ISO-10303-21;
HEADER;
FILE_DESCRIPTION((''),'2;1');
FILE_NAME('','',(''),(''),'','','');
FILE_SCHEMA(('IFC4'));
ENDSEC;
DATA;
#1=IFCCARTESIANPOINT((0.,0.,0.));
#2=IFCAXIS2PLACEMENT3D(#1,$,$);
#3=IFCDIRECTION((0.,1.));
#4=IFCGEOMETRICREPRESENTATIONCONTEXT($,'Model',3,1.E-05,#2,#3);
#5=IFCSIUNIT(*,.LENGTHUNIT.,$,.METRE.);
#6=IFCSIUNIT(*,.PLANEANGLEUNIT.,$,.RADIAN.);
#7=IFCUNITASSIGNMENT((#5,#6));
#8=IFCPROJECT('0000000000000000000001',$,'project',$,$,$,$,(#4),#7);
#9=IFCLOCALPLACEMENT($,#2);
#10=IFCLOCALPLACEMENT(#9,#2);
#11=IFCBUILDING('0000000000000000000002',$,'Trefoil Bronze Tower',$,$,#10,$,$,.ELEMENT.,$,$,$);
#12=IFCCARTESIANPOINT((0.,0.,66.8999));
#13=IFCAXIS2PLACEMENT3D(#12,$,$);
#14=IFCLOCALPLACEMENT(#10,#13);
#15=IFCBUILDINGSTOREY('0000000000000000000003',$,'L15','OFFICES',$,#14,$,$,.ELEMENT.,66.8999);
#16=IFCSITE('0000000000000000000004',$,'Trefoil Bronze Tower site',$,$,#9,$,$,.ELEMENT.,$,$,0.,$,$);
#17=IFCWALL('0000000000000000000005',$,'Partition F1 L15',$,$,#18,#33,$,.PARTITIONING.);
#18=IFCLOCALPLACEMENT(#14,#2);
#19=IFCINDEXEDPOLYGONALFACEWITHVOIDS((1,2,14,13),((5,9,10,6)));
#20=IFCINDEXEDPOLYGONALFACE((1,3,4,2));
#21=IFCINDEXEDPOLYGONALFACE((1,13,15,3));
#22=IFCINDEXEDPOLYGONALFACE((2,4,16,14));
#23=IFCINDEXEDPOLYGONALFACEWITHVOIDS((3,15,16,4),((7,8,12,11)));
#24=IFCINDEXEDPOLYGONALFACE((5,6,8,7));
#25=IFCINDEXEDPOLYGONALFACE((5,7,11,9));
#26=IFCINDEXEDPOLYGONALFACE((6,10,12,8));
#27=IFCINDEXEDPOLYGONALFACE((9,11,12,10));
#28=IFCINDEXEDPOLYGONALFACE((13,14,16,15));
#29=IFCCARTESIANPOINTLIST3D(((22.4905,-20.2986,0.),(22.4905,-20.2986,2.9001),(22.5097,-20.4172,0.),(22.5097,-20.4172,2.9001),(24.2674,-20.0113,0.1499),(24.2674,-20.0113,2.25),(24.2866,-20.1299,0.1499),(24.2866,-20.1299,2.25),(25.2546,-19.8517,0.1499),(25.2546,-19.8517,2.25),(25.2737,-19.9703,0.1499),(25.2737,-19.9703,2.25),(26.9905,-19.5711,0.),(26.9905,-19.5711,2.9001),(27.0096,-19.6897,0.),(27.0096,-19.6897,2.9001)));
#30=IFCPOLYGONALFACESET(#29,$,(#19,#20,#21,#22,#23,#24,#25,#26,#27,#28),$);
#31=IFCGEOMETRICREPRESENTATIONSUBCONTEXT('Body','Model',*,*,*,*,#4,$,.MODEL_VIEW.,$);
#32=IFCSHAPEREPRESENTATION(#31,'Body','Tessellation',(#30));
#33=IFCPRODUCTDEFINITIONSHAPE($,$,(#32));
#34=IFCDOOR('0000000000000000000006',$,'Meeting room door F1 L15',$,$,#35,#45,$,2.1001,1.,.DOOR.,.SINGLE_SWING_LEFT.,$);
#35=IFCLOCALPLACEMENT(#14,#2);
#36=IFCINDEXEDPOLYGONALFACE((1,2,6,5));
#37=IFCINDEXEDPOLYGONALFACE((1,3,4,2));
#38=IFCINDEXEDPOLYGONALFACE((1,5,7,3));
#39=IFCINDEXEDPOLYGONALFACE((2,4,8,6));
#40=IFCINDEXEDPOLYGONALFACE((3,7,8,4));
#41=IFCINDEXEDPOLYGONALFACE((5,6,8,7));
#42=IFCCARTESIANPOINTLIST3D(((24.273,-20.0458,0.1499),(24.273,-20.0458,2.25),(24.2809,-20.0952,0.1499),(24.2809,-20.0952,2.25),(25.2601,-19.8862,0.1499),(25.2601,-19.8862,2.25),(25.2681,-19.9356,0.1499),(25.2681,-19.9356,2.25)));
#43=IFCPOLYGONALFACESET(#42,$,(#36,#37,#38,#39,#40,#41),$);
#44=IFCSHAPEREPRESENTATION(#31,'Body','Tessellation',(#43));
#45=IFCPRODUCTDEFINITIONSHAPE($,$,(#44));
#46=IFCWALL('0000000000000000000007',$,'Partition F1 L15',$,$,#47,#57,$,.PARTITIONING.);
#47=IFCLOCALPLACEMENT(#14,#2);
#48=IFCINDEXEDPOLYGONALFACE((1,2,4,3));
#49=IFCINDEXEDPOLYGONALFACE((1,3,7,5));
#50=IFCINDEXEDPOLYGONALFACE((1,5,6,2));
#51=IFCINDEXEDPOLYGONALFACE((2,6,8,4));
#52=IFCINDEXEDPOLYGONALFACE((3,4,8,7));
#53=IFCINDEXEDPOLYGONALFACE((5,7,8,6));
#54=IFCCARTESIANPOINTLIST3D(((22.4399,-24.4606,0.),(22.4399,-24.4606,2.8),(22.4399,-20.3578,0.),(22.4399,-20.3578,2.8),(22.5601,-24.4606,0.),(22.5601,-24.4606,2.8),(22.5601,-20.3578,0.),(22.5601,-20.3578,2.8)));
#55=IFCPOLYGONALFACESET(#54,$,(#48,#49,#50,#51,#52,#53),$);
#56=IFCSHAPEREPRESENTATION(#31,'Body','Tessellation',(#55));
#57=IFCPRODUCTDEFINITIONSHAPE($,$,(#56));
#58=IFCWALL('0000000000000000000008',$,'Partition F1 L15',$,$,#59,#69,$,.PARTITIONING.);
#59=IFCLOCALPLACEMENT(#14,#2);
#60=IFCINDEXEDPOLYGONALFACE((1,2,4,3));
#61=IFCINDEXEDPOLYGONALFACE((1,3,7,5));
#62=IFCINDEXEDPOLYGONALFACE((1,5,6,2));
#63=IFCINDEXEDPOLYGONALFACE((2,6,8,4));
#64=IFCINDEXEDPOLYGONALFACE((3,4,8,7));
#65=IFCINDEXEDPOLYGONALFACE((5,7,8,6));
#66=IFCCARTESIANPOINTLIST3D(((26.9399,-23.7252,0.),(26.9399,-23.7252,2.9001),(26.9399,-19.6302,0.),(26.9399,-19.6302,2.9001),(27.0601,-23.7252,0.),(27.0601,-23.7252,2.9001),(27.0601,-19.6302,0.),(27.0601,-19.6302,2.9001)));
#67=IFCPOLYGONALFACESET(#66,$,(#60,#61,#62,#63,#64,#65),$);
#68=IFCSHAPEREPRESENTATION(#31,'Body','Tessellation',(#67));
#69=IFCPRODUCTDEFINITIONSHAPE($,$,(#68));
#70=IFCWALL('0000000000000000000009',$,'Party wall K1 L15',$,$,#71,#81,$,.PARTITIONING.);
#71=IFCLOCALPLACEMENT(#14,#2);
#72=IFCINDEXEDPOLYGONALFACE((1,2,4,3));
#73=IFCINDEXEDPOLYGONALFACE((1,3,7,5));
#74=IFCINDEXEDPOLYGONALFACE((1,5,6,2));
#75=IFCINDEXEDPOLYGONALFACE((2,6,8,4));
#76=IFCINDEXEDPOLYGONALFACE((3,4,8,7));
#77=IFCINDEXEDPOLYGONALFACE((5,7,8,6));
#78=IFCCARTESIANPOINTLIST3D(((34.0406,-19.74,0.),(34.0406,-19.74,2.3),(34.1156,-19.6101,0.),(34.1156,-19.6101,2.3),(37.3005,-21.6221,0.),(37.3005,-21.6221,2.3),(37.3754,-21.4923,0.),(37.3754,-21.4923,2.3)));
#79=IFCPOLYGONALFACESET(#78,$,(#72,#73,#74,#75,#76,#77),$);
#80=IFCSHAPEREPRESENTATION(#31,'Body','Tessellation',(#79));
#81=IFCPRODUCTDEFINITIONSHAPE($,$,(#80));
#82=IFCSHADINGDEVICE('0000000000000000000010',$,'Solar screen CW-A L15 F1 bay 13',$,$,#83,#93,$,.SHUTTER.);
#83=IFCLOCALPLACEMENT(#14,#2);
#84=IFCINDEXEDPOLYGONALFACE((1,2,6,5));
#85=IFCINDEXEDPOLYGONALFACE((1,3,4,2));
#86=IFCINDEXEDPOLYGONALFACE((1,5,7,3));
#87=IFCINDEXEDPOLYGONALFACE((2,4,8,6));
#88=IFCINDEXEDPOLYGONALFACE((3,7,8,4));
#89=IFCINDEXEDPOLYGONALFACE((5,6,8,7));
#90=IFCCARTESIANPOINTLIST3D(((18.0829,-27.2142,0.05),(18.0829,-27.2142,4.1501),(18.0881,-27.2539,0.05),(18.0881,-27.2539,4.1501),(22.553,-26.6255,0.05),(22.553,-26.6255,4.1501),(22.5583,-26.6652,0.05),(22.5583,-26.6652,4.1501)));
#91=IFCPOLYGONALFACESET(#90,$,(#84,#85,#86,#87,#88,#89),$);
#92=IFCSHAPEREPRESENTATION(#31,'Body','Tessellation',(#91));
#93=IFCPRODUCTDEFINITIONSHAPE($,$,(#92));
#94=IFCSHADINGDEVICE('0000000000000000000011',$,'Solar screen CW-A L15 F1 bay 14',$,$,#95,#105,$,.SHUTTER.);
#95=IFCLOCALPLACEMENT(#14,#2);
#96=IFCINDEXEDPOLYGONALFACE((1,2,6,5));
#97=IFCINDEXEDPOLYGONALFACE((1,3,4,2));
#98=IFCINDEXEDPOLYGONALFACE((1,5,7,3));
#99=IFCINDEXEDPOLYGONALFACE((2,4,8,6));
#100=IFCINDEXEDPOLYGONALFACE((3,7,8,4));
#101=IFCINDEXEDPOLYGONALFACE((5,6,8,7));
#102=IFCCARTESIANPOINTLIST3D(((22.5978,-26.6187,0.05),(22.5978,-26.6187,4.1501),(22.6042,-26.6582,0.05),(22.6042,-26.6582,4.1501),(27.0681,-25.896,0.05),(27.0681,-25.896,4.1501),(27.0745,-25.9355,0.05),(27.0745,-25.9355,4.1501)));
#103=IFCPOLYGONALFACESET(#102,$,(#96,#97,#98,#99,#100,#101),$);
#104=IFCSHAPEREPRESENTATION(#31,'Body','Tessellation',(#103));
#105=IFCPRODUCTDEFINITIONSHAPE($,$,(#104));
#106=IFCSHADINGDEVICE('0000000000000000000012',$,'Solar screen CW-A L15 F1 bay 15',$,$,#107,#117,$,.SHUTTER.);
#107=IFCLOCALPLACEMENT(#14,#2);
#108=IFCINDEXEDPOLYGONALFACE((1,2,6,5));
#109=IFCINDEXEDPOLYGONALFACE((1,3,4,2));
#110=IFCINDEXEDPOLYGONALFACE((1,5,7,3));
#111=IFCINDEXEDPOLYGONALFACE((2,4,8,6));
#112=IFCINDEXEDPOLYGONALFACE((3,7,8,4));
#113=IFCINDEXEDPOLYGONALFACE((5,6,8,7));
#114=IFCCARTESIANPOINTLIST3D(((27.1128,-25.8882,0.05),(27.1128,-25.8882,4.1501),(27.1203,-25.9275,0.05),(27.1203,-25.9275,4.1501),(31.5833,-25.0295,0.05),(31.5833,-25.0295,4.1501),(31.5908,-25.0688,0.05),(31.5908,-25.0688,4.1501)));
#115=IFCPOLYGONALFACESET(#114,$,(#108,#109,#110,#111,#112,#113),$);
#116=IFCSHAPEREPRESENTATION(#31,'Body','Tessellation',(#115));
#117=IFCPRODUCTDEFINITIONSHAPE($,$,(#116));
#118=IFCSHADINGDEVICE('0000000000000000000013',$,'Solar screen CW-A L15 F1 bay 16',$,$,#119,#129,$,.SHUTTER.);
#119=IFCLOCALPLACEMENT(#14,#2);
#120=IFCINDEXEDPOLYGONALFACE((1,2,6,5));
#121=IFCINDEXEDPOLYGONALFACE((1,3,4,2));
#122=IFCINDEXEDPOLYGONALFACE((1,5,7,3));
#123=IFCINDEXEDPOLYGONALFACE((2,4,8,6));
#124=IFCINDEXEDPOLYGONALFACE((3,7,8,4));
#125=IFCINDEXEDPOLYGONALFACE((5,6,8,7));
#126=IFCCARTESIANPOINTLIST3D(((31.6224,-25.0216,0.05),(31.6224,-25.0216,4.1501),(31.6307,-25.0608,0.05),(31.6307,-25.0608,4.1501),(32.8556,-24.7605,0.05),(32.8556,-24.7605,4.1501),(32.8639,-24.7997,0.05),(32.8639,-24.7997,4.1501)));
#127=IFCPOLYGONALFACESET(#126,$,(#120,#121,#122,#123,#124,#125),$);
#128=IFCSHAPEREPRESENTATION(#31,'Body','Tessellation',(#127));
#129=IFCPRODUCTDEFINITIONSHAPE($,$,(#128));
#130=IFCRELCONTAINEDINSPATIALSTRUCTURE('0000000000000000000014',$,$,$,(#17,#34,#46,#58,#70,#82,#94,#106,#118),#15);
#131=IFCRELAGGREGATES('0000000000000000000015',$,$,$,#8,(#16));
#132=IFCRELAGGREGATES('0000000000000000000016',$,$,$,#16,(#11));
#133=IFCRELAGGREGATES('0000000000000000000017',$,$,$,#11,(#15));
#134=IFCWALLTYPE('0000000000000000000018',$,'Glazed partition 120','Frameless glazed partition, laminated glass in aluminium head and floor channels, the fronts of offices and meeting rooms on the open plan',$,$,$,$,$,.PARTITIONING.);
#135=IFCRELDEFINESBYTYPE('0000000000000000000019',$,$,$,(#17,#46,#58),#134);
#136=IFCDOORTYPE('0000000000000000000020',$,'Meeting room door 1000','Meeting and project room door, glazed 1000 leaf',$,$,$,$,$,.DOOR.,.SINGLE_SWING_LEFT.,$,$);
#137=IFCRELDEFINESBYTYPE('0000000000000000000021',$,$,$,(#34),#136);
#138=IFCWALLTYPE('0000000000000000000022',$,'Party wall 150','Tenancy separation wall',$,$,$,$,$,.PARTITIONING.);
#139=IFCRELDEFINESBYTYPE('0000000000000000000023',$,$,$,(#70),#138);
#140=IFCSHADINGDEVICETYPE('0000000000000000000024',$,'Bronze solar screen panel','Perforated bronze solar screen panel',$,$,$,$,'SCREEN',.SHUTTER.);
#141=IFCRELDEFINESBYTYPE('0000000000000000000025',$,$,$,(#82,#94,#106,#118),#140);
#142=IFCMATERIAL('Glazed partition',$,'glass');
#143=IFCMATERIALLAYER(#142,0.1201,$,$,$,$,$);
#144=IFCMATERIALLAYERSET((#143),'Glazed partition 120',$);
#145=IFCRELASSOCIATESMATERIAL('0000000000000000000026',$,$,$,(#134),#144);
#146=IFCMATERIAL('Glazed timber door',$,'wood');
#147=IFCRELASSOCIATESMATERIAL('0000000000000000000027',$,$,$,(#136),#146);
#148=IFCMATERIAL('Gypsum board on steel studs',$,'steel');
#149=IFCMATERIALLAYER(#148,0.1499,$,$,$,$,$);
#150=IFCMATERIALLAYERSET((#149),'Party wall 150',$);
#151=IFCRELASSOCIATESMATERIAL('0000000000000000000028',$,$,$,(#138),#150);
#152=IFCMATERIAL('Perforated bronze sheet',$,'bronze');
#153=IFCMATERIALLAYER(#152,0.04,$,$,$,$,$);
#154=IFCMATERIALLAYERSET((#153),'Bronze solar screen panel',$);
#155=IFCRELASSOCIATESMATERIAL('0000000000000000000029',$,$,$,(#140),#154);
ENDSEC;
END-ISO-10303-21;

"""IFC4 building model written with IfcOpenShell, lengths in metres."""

from ifc_helpers import new_model, si_unit, direction, frame, frame_2d, origin, origin_2d, place, context, subcontext, project, spatial, rectangle, extrude, material, layer, layer_set, type_object, element, fill, save


model = new_model("IFC4")

# Units and contexts
model_context = context("Model", 3, precision=1e-05, world=origin(), true_north=direction((0.0, 1.0)))
body_context = subcontext(model_context, "Body", "Model", "MODEL_VIEW")
ifc_project = project(units=[si_unit("LENGTHUNIT", "METRE"), si_unit("PLANEANGLEUNIT", "RADIAN")], contexts=[model_context])

# Site, building, storey
site_placement = place(None, origin())
site = spatial("IfcSite", under=ifc_project, at=site_placement, Name="Trefoil Bronze Tower site", CompositionType="ELEMENT", RefElevation=0.0)
building_placement = place(site_placement, origin())
building = spatial("IfcBuilding", under=site, at=building_placement, Name="Trefoil Bronze Tower", CompositionType="ELEMENT")
storey_placement = place(building_placement, frame((0.0, 0.0, 66.8999)))
storey = spatial("IfcBuildingStorey", under=building, at=storey_placement, Name="L15", Description="OFFICES", CompositionType="ELEMENT", Elevation=66.8999)

# Wall, opening, door
ifc_material_1 = material(Name="Glazed partition", Category="glass")
ifc_layer_1 = layer(ifc_material_1, 0.1201)
ifc_layer_set_1 = layer_set([ifc_layer_1], Name="Glazed partition 120")
wall_type_1 = type_object("IfcWallType", Name="Glazed partition 120", Description="Frameless glazed partition, laminated glass in aluminium head and floor channels, the fronts of offices and meeting rooms on the open plan", PredefinedType="PARTITIONING", material=ifc_layer_set_1)
wall_1_placement = place(storey_placement, frame((22.5, -20.3579, 0.0), z_axis=(0.0, 0.0, 1.0), x_axis=(0.987181, 0.159603, 0.0)))
wall_1 = element("IfcWall", 1, at=wall_1_placement, inside=storey, type_object=wall_type_1, Name="Partition F1 L15", PredefinedType="PARTITIONING", context=body_context, shape_type="SweptSolid", body=[
    extrude(rectangle(XDim=4.5583, YDim=0.1201, at=frame_2d((2.2793, 0.0))), origin(), (0.0, 0.0, 1.0), 2.9001),
])
opening_placement = place(wall_1_placement, frame((1.8, 0.0, 0.1499)))
opening = element("IfcOpeningElement", 2, at=opening_placement, cuts=wall_1, PredefinedType="OPENING", context=body_context, shape_type="SweptSolid", body=[
    extrude(rectangle(XDim=1.0, YDim=2.1001, at=frame_2d((0.5, 1.05))), frame((0.0, 0.0701, 0.0), z_axis=(0.0, -1.0, 0.0), x_axis=(1.0, 0.0, 0.0)), (0.0, 0.0, 1.0), 0.1401),
])
ifc_material_2 = material(Name="Glazed timber door", Category="wood")
door_type = type_object("IfcDoorType", Name="Meeting room door 1000", Description="Meeting and project room door, glazed 1000 leaf", OperationType="SINGLE_SWING_LEFT", PredefinedType="DOOR", material=ifc_material_2)
door_placement = place(opening_placement, frame((1.0, 0.0, 0.0), z_axis=(0.0, 0.0, 1.0), x_axis=(-1.0, 0.0, 0.0)))
door = element("IfcDoor", 3, at=door_placement, inside=storey, type_object=door_type, Name="Meeting room door F1 L15", OperationType="SINGLE_SWING_LEFT", OverallHeight=2.1001, OverallWidth=1.0, PredefinedType="DOOR", context=body_context, shape_type="SweptSolid", body=[
    extrude(rectangle(XDim=1.0, YDim=2.1001, at=frame_2d((0.5, 1.05))), frame((0.0, 0.0249, 0.0), z_axis=(0.0, -1.0, 0.0), x_axis=(1.0, 0.0, 0.0)), (0.0, 0.0, 1.0), 0.05),
])
fill(opening, door)

# Walls
wall_2_placement = place(storey_placement, frame((22.5, -20.3579, 0.0), z_axis=(0.0, 0.0, 1.0), x_axis=(0.0, -1.0, 0.0)))
element("IfcWall", 4, at=wall_2_placement, inside=storey, type_object=wall_type_1, Name="Partition F1 L15", PredefinedType="PARTITIONING", context=body_context, shape_type="SweptSolid", body=[
    extrude(rectangle(XDim=4.1028, YDim=0.1201, at=frame_2d((2.0513, 0.0))), origin(), (0.0, 0.0, 1.0), 2.8),
])
wall_3_placement = place(storey_placement, frame((27.0, -19.6304, 0.0), z_axis=(0.0, 0.0, 1.0), x_axis=(0.0, -1.0, 0.0)))
element("IfcWall", 5, at=wall_3_placement, inside=storey, type_object=wall_type_1, Name="Partition F1 L15", PredefinedType="PARTITIONING", context=body_context, shape_type="SweptSolid", body=[
    extrude(rectangle(XDim=4.095, YDim=0.1201, at=frame_2d((2.0474, 0.0))), origin(), (0.0, 0.0, 1.0), 2.9001),
])
ifc_material_3 = material(Name="Gypsum board on steel studs", Category="steel")
ifc_layer_2 = layer(ifc_material_3, 0.1499)
ifc_layer_set_2 = layer_set([ifc_layer_2], Name="Party wall 150")
wall_type_2 = type_object("IfcWallType", Name="Party wall 150", Description="Tenancy separation wall", PredefinedType="PARTITIONING", material=ifc_layer_set_2)
wall_4_placement = place(storey_placement, frame((34.0781, -19.675, 0.0), z_axis=(0.0, 0.0, 1.0), x_axis=(0.866019, -0.500011, 0.0)))
element("IfcWall", 6, at=wall_4_placement, inside=storey, type_object=wall_type_2, Name="Party wall K1 L15", PredefinedType="PARTITIONING", context=body_context, shape_type="SweptSolid", body=[
    extrude(rectangle(XDim=3.7642, YDim=0.1499, at=frame_2d((1.8821, 0.0))), origin(), (0.0, 0.0, 1.0), 2.3),
])

# Shading devices
ifc_material_4 = material(Name="Perforated bronze sheet", Category="bronze")
ifc_layer_3 = layer(ifc_material_4, 0.04)
ifc_layer_set_3 = layer_set([ifc_layer_3], Name="Bronze solar screen panel")
shading_device_type = type_object("IfcShadingDeviceType", Name="Bronze solar screen panel", Description="Perforated bronze solar screen panel", ElementType="SCREEN", PredefinedType="SHUTTER", material=ifc_layer_set_3)
shading_device_1_placement = place(storey_placement, frame((20.3206, -26.9397, 0.05), z_axis=(0.0, 0.0, 1.0), x_axis=(0.991437, 0.130584, 0.0)))
element("IfcShadingDevice", 7, at=shading_device_1_placement, inside=storey, type_object=shading_device_type, Name="Solar screen CW-A L15 F1 bay 13", PredefinedType="SHUTTER", context=body_context, shape_type="SweptSolid", body=[
    extrude(rectangle(XDim=4.5088, YDim=0.04, at=origin_2d()), origin(), (0.0, 0.0, 1.0), 4.1001),
])
shading_device_2_placement = place(storey_placement, frame((24.8362, -26.2771, 0.05), z_axis=(0.0, 0.0, 1.0), x_axis=(0.987181, 0.159603, 0.0)))
element("IfcShadingDevice", 8, at=shading_device_2_placement, inside=storey, type_object=shading_device_type, Name="Solar screen CW-A L15 F1 bay 14", PredefinedType="SHUTTER", context=body_context, shape_type="SweptSolid", body=[
    extrude(rectangle(XDim=4.5283, YDim=0.04, at=origin_2d()), origin(), (0.0, 0.0, 1.0), 4.1001),
])
shading_device_3_placement = place(storey_placement, frame((29.3518, -25.4785, 0.05), z_axis=(0.0, 0.0, 1.0), x_axis=(0.98205, 0.188622, 0.0)))
element("IfcShadingDevice", 9, at=shading_device_3_placement, inside=storey, type_object=shading_device_type, Name="Solar screen CW-A L15 F1 bay 15", PredefinedType="SHUTTER", context=body_context, shape_type="SweptSolid", body=[
    extrude(rectangle(XDim=4.5522, YDim=0.04, at=origin_2d()), origin(), (0.0, 0.0, 1.0), 4.1001),
])
shading_device_4_placement = place(storey_placement, frame((32.2432, -24.9106, 0.05), z_axis=(0.0, 0.0, 1.0), x_axis=(0.978303, 0.207181, 0.0)))
element("IfcShadingDevice", 10, at=shading_device_4_placement, inside=storey, type_object=shading_device_type, Name="Solar screen CW-A L15 F1 bay 16", PredefinedType="SHUTTER", context=body_context, shape_type="SweptSolid", body=[
    extrude(rectangle(XDim=1.2605, YDim=0.04, at=origin_2d()), origin(), (0.0, 0.0, 1.0), 4.1001),
])

save(model, "model.ifc")
